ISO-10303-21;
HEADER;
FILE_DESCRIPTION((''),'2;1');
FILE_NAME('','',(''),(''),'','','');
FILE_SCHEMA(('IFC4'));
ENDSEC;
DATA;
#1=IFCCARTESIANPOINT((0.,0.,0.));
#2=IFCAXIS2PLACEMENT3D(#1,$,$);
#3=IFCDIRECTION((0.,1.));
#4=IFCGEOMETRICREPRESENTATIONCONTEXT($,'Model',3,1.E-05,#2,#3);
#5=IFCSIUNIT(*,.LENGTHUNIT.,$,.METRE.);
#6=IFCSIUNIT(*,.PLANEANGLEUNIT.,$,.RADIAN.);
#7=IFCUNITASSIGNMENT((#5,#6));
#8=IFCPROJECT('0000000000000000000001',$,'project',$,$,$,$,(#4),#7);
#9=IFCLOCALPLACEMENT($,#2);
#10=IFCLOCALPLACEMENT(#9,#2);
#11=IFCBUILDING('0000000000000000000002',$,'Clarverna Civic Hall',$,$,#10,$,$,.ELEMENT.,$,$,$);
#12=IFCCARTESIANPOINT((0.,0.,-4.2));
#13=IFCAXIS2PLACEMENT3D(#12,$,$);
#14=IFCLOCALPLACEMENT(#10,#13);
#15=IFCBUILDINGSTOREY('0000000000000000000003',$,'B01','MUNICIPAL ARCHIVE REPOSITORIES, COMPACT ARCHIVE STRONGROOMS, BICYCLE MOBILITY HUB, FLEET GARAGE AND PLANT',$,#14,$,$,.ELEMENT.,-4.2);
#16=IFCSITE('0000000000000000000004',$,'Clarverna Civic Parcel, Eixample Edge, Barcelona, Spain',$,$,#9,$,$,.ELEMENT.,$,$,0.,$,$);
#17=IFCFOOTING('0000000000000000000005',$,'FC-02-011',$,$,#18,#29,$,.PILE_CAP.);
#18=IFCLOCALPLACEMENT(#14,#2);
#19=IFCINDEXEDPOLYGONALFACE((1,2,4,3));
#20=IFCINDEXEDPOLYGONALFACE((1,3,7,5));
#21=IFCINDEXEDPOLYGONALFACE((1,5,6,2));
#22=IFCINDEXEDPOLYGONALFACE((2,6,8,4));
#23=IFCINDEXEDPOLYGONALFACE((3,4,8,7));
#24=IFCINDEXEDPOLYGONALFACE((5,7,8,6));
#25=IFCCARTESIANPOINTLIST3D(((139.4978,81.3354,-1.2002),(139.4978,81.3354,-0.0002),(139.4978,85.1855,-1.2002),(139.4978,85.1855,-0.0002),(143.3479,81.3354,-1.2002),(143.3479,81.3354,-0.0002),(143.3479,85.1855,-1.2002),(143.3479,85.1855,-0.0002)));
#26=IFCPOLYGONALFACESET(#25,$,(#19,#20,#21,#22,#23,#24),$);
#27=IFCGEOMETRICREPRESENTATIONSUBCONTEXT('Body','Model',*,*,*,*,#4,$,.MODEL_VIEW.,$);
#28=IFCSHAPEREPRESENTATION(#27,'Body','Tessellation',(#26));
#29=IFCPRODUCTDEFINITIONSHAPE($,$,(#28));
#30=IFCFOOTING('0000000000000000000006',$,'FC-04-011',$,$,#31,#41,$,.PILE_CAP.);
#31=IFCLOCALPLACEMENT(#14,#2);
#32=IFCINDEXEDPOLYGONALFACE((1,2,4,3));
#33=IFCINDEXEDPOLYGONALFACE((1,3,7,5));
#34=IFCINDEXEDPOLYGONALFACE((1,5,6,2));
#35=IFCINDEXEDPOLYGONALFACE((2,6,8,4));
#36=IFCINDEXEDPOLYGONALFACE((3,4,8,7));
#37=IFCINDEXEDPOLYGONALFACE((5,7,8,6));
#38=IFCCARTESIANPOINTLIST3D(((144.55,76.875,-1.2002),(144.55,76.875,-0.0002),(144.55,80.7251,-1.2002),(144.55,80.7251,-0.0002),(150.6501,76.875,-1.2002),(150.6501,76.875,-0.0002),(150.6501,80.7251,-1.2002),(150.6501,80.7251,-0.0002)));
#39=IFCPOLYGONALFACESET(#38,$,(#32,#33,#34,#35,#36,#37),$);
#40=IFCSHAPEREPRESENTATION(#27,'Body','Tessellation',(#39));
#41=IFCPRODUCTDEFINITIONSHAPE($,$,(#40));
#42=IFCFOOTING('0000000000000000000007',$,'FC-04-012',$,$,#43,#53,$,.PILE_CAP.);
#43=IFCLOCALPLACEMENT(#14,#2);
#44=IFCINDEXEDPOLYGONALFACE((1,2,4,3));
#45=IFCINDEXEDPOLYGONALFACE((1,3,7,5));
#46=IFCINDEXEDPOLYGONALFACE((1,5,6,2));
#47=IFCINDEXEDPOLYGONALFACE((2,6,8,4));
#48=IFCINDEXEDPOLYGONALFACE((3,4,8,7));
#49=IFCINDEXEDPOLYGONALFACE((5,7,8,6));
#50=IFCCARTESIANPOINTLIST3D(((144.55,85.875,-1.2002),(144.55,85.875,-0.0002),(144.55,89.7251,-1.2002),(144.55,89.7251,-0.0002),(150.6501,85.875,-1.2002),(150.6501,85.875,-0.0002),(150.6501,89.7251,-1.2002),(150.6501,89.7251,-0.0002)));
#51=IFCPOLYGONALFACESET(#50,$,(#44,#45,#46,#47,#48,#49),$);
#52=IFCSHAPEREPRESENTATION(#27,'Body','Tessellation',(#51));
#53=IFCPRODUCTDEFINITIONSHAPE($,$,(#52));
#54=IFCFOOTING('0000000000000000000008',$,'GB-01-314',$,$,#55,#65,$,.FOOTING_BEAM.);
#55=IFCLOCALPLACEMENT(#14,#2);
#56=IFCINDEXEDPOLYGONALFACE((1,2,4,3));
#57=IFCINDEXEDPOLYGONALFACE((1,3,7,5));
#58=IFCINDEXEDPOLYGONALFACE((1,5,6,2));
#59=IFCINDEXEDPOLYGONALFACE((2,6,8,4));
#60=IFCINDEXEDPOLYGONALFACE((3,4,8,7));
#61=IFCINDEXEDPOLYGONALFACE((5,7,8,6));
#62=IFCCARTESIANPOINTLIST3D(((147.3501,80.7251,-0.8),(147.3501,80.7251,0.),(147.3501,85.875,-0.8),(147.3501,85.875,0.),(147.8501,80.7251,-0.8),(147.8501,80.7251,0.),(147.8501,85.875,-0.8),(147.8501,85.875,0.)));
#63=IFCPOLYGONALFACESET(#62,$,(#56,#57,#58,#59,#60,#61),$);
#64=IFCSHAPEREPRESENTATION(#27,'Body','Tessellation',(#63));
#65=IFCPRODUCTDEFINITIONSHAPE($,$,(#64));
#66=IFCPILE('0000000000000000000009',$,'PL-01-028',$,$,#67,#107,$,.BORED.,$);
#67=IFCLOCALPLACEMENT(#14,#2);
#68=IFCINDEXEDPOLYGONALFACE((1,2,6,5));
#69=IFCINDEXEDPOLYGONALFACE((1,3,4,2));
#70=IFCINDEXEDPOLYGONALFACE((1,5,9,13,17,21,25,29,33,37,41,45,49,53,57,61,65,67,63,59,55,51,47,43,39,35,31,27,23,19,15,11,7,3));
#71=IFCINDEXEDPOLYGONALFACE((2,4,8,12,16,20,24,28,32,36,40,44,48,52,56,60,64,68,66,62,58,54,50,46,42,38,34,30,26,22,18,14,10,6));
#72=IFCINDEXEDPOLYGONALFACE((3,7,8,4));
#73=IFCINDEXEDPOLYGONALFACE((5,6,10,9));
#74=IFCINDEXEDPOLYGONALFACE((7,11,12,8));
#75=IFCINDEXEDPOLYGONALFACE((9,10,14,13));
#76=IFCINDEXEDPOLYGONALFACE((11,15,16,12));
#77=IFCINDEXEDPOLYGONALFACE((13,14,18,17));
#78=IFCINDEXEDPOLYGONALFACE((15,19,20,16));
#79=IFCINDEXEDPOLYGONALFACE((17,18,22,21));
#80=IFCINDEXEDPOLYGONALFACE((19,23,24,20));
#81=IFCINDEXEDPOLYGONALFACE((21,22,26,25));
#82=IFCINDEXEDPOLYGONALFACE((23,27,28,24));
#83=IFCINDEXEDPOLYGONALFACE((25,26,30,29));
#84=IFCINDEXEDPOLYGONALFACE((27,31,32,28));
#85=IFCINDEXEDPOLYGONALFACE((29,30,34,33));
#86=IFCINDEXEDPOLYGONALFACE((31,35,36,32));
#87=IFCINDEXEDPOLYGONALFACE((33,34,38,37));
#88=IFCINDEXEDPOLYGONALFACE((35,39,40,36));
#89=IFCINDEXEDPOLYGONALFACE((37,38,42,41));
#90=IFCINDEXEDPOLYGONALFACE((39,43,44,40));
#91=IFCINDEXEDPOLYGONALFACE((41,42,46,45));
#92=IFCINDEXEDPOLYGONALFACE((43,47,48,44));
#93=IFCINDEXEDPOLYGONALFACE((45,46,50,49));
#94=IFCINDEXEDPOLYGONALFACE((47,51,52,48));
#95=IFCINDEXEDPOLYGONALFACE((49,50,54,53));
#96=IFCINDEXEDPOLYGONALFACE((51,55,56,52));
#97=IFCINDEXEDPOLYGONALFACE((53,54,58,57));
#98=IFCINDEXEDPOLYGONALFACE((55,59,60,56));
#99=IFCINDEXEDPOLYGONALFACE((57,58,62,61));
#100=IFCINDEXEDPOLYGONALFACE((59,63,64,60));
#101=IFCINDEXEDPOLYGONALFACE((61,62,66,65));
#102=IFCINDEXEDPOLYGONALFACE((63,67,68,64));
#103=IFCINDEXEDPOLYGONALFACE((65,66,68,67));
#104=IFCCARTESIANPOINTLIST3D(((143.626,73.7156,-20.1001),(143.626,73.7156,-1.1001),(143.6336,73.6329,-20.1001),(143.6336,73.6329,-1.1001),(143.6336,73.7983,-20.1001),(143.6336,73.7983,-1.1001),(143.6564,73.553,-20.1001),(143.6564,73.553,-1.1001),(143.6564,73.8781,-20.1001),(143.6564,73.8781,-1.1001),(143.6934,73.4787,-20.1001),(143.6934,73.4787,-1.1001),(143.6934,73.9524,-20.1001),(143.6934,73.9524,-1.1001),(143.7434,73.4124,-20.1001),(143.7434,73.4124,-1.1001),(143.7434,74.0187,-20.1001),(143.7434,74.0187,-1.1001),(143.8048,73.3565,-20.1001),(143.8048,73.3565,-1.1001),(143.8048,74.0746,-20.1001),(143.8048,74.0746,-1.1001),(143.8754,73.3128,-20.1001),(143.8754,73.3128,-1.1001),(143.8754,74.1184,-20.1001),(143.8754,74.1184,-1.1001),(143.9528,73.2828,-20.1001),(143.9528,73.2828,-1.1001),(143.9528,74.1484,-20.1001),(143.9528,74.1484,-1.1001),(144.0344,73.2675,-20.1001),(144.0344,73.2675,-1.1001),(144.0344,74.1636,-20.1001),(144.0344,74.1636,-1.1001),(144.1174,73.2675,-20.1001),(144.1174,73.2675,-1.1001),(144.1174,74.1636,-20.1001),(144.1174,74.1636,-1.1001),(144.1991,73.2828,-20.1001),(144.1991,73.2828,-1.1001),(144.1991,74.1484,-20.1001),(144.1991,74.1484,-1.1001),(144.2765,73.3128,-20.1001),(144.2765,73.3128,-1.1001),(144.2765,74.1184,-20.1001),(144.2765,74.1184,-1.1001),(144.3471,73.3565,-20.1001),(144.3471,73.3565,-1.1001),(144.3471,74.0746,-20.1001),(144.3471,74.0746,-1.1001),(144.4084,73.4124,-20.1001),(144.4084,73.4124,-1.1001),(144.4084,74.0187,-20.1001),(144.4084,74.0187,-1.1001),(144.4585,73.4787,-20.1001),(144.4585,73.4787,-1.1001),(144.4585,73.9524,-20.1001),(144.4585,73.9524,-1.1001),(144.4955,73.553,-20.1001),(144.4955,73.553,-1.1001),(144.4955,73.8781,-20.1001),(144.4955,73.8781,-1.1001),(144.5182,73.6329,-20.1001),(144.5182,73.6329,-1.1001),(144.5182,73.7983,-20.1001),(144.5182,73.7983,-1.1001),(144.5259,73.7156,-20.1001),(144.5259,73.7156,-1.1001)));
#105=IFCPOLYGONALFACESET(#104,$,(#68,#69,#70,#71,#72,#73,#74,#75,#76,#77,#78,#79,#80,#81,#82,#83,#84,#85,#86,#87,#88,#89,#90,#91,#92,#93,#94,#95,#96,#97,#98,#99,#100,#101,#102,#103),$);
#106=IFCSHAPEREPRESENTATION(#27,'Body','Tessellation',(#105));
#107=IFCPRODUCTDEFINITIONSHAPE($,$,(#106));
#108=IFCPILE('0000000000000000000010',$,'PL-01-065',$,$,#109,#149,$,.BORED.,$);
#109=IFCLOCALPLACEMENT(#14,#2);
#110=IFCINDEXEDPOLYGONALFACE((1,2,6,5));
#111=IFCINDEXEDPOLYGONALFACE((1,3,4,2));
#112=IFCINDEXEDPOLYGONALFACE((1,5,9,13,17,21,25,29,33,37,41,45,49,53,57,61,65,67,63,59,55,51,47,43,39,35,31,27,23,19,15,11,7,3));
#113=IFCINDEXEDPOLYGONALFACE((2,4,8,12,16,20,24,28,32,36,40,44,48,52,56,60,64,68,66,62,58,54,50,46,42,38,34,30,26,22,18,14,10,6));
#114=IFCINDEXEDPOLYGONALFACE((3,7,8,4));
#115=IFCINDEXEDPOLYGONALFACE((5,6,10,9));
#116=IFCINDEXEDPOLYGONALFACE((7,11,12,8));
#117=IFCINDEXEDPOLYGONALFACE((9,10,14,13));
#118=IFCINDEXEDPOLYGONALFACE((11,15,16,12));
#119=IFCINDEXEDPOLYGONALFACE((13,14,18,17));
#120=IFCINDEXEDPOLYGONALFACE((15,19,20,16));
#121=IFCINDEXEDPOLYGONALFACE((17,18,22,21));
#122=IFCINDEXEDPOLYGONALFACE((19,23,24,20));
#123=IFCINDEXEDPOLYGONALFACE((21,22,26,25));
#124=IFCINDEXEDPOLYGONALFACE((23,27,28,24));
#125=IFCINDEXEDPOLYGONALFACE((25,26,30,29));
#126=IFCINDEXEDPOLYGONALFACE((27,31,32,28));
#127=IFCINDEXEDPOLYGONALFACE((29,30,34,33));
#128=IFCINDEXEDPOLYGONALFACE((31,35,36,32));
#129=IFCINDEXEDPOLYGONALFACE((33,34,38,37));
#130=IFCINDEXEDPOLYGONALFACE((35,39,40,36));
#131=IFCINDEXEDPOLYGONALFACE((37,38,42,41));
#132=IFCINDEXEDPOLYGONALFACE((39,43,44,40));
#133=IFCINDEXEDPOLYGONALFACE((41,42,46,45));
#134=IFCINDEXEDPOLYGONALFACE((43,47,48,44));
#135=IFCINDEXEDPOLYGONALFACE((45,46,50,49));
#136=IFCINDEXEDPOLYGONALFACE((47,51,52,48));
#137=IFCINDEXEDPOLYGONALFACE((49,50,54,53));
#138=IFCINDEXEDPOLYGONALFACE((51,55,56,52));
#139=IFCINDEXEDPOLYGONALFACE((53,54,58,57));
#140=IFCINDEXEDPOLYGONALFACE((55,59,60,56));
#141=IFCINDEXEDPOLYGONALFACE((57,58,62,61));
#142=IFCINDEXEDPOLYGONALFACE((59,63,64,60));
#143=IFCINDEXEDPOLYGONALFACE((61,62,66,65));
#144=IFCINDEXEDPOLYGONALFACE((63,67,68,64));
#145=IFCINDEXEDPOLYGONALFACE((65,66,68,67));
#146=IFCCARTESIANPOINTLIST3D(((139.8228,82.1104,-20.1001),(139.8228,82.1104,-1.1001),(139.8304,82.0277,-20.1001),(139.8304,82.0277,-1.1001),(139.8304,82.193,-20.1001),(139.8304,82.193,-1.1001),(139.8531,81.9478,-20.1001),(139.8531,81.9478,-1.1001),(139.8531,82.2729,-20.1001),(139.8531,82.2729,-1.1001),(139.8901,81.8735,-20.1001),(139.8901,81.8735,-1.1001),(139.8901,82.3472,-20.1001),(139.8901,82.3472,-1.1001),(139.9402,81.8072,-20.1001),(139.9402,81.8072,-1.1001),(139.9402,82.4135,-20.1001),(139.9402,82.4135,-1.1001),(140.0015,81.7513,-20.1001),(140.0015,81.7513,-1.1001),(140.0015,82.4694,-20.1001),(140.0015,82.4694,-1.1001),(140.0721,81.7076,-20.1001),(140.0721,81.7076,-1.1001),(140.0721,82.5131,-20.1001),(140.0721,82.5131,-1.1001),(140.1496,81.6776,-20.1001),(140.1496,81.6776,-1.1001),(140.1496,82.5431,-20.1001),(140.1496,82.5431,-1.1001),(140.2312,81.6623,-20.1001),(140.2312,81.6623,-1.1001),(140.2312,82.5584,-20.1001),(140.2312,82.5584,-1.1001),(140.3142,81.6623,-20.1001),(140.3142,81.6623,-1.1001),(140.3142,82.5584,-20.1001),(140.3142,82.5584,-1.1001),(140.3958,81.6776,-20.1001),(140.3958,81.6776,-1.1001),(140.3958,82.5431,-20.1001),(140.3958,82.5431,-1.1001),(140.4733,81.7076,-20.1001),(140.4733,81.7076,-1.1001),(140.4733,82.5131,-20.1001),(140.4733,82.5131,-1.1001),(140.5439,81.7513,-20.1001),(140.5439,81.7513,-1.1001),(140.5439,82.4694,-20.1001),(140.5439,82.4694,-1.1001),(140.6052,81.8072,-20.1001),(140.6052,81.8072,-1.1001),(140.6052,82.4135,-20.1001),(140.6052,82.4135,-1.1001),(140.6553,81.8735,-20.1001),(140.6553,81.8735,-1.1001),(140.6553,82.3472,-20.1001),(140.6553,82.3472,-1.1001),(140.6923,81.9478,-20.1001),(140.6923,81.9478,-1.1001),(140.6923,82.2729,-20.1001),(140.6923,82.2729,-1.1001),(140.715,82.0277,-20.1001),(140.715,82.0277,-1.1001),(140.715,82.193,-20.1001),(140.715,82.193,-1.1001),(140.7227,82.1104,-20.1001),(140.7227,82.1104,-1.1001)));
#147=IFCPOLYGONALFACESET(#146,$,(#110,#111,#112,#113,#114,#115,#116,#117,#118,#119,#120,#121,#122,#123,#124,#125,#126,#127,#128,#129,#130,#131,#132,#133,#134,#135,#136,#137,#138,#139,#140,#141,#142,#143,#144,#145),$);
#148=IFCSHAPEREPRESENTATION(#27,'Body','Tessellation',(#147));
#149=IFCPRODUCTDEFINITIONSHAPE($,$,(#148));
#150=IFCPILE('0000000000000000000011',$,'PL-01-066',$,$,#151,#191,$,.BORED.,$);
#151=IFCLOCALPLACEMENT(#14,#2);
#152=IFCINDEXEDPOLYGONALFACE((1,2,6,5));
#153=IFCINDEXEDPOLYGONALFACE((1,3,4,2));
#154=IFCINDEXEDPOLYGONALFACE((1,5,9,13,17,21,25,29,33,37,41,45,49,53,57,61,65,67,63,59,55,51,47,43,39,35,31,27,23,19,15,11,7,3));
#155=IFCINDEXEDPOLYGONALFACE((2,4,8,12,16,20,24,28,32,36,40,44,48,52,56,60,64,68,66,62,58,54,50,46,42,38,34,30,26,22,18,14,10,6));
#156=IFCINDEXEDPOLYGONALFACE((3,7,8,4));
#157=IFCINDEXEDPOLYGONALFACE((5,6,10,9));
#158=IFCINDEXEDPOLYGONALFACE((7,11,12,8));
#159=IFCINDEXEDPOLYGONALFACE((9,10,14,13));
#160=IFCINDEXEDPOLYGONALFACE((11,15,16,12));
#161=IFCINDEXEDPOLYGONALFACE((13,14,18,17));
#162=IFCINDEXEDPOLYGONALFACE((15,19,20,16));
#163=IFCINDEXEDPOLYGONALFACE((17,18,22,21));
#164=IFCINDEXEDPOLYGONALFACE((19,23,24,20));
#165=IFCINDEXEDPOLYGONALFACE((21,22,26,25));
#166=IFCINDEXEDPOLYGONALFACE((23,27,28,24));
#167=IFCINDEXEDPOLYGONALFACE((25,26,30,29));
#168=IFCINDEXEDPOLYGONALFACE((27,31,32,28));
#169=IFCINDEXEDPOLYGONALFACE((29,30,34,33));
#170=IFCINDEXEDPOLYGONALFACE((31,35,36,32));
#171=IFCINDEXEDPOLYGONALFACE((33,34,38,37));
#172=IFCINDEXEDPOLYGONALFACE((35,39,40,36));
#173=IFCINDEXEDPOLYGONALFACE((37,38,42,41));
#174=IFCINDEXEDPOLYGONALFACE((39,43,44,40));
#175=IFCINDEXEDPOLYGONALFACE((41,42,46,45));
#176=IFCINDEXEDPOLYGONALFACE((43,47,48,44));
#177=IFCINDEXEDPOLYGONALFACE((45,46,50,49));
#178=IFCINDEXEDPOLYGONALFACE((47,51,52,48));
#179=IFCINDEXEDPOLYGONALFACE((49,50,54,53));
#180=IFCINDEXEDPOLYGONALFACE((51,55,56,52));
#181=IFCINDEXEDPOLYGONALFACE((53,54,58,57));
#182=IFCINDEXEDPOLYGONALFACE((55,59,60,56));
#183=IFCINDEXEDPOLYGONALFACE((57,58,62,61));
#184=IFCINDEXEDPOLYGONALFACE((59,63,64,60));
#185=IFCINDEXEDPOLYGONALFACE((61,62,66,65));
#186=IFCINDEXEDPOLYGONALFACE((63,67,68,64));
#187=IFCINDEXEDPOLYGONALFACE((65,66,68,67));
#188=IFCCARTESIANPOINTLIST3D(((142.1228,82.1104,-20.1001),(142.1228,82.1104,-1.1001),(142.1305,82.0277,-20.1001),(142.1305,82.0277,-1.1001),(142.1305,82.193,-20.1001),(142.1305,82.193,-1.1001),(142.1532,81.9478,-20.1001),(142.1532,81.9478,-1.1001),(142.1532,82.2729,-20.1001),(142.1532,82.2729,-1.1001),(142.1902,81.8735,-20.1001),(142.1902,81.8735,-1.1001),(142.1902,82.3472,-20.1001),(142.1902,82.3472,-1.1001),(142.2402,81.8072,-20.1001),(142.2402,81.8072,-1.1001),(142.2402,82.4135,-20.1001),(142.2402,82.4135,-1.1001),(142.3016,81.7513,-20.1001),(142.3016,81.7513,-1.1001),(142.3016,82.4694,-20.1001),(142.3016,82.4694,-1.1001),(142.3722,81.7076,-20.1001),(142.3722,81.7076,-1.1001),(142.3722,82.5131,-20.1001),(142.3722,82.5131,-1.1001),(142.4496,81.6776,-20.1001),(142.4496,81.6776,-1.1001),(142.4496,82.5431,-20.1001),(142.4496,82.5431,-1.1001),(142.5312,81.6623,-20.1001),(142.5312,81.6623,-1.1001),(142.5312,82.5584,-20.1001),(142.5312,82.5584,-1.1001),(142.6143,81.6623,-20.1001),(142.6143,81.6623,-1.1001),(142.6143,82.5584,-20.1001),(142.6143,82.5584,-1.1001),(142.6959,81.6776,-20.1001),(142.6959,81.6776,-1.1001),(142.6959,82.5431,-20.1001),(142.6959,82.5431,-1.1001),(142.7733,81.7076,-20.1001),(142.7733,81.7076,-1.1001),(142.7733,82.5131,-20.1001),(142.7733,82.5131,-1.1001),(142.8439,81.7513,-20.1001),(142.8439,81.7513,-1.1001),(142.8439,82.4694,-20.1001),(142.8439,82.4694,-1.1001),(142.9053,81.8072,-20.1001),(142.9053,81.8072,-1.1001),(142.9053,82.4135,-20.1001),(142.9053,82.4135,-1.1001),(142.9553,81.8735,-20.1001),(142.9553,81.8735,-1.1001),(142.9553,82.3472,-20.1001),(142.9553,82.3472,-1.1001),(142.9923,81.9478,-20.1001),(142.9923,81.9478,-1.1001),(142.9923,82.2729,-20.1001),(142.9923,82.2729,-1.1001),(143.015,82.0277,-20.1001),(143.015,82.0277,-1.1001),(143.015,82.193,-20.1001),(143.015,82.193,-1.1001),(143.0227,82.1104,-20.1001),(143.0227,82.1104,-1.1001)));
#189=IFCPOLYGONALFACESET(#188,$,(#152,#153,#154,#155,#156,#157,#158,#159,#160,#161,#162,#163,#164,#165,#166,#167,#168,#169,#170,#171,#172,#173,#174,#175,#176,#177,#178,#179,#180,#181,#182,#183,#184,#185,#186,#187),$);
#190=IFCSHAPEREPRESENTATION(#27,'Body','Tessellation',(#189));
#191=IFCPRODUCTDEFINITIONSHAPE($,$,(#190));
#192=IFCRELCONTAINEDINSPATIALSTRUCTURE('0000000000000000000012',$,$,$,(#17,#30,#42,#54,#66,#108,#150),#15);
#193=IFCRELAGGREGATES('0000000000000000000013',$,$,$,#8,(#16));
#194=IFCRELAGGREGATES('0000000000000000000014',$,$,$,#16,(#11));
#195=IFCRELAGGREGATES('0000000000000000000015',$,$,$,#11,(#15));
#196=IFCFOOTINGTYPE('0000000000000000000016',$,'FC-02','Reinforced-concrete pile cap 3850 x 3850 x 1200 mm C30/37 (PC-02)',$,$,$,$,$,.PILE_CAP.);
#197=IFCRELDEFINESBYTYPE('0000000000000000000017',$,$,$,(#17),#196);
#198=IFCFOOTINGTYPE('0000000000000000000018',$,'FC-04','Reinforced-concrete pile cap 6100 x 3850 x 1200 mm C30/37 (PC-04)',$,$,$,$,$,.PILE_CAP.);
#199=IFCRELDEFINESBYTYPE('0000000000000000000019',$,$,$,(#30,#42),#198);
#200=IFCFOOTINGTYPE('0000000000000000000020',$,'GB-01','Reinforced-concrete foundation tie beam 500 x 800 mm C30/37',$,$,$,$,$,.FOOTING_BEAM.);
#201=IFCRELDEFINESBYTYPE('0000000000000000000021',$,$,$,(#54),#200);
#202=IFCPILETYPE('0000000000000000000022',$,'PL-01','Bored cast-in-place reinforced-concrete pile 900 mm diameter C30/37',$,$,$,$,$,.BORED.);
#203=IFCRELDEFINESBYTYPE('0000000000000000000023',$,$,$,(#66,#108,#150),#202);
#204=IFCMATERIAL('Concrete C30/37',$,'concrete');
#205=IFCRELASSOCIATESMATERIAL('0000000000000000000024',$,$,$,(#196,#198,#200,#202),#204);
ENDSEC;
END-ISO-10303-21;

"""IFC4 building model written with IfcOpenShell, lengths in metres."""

from ifc_helpers import new_model, si_unit, direction, frame, frame_2d, origin, origin_2d, place, context, subcontext, project, spatial, rectangle, circle, extrude, material, material_profile, profile_set, type_object, element, save


model = new_model("IFC4")

# Units and contexts
model_context = context("Model", 3, precision=1e-05, world=origin(), true_north=direction((0.0, 1.0)))
body_context = subcontext(model_context, "Body", "Model", "MODEL_VIEW")
ifc_project = project(units=[si_unit("LENGTHUNIT", "METRE"), si_unit("PLANEANGLEUNIT", "RADIAN")], contexts=[model_context])

# Site, building, storey
site_placement = place(None, origin())
site = spatial("IfcSite", under=ifc_project, at=site_placement, Name="Clarverna Civic Parcel, Eixample Edge, Barcelona, Spain", CompositionType="ELEMENT", RefElevation=0.0)
building_placement = place(site_placement, origin())
building = spatial("IfcBuilding", under=site, at=building_placement, Name="Clarverna Civic Hall", CompositionType="ELEMENT")
storey_placement = place(building_placement, frame((0.0, 0.0, -4.2)))
storey = spatial("IfcBuildingStorey", under=building, at=storey_placement, Name="B01", Description="MUNICIPAL ARCHIVE REPOSITORIES, COMPACT ARCHIVE STRONGROOMS, BICYCLE MOBILITY HUB, FLEET GARAGE AND PLANT", CompositionType="ELEMENT", Elevation=-4.2)

# Footings
ifc_material_1 = material(Name="Concrete C30/37", Category="concrete")
footing_type_1 = type_object("IfcFootingType", Name="FC-02", Description="Reinforced-concrete pile cap 3850 x 3850 x 1200 mm C30/37 (PC-02)", PredefinedType="PILE_CAP", material=ifc_material_1)
footing_1_placement = place(storey_placement, frame((141.4229, 83.2605, -1.2002), z_axis=(0.0, 0.0, 1.0), x_axis=(1.0, 0.0, 0.0)))
element("IfcFooting", 1, at=footing_1_placement, inside=storey, type_object=footing_type_1, Name="FC-02-011", PredefinedType="PILE_CAP", context=body_context, shape_type="SweptSolid", body=[
    extrude(rectangle(XDim=3.8501, YDim=3.8501, at=origin_2d()), origin(), (0.0, 0.0, 1.0), 1.2),
])
footing_type_2 = type_object("IfcFootingType", Name="FC-04", Description="Reinforced-concrete pile cap 6100 x 3850 x 1200 mm C30/37 (PC-04)", PredefinedType="PILE_CAP", material=ifc_material_1)
for number, where, z_axis, x_axis, name in (
    (2, (147.6001, 78.8, -1.2002), (0.0, 0.0, 1.0), (1.0, 0.0, 0.0), "FC-04-011"),
    (3, (147.6001, 87.8, -1.2002), (0.0, 0.0, 1.0), (1.0, 0.0, 0.0), "FC-04-012"),
):
    element("IfcFooting", number, at=place(storey_placement, frame(where, z_axis=z_axis, x_axis=x_axis)), inside=storey, type_object=footing_type_2, Name=name, PredefinedType="PILE_CAP", context=body_context, shape_type="SweptSolid", body=[
        extrude(rectangle(XDim=6.1001, YDim=3.8501, at=origin_2d()), origin(), (0.0, 0.0, 1.0), 1.2),
    ])
footing_type_3 = type_object("IfcFootingType", Name="GB-01", Description="Reinforced-concrete foundation tie beam 500 x 800 mm C30/37", PredefinedType="FOOTING_BEAM", material=ifc_material_1)
footing_2_placement = place(storey_placement, frame((147.6001, 80.7251, -0.8), z_axis=(0.0, 0.0, 1.0), x_axis=(0.0, 1.0, 0.0)))
element("IfcFooting", 4, at=footing_2_placement, inside=storey, type_object=footing_type_3, Name="GB-01-314", PredefinedType="FOOTING_BEAM", context=body_context, shape_type="SweptSolid", body=[
    extrude(rectangle(XDim=5.1499, YDim=0.5, at=frame_2d((2.575, 0.0))), origin(), (0.0, 0.0, 1.0), 0.8),
])

# Piles
ifc_material_profile_1 = material_profile(ifc_material_1, circle(Radius=0.45, at=origin_2d()), Name="BORED PILE D900")
ifc_profile_set_1 = profile_set([ifc_material_profile_1], Name="Concrete C30/37")
pile_type = type_object("IfcPileType", Name="PL-01", Description="Bored cast-in-place reinforced-concrete pile 900 mm diameter C30/37", PredefinedType="BORED", material=ifc_profile_set_1)
for number, where, z_axis, x_axis, name in (
    (5, (144.0759, 73.7156, -1.1001), (0.0, 0.0, -1.0), (1.0, 0.0, 0.0), "PL-01-028"),
    (6, (140.2727, 82.1104, -1.1001), (0.0, 0.0, -1.0), (1.0, 0.0, 0.0), "PL-01-065"),
    (7, (142.5728, 82.1104, -1.1001), (0.0, 0.0, -1.0), (1.0, 0.0, 0.0), "PL-01-066"),
):
    element("IfcPile", number, at=place(storey_placement, frame(where, z_axis=z_axis, x_axis=x_axis)), inside=storey, type_object=pile_type, Name=name, PredefinedType="BORED", context=body_context, shape_type="SweptSolid", body=[
        extrude(circle(Radius=0.45, at=origin_2d()), origin(), (0.0, 0.0, 1.0), 19.0),
    ])

save(model, "model.ifc")
